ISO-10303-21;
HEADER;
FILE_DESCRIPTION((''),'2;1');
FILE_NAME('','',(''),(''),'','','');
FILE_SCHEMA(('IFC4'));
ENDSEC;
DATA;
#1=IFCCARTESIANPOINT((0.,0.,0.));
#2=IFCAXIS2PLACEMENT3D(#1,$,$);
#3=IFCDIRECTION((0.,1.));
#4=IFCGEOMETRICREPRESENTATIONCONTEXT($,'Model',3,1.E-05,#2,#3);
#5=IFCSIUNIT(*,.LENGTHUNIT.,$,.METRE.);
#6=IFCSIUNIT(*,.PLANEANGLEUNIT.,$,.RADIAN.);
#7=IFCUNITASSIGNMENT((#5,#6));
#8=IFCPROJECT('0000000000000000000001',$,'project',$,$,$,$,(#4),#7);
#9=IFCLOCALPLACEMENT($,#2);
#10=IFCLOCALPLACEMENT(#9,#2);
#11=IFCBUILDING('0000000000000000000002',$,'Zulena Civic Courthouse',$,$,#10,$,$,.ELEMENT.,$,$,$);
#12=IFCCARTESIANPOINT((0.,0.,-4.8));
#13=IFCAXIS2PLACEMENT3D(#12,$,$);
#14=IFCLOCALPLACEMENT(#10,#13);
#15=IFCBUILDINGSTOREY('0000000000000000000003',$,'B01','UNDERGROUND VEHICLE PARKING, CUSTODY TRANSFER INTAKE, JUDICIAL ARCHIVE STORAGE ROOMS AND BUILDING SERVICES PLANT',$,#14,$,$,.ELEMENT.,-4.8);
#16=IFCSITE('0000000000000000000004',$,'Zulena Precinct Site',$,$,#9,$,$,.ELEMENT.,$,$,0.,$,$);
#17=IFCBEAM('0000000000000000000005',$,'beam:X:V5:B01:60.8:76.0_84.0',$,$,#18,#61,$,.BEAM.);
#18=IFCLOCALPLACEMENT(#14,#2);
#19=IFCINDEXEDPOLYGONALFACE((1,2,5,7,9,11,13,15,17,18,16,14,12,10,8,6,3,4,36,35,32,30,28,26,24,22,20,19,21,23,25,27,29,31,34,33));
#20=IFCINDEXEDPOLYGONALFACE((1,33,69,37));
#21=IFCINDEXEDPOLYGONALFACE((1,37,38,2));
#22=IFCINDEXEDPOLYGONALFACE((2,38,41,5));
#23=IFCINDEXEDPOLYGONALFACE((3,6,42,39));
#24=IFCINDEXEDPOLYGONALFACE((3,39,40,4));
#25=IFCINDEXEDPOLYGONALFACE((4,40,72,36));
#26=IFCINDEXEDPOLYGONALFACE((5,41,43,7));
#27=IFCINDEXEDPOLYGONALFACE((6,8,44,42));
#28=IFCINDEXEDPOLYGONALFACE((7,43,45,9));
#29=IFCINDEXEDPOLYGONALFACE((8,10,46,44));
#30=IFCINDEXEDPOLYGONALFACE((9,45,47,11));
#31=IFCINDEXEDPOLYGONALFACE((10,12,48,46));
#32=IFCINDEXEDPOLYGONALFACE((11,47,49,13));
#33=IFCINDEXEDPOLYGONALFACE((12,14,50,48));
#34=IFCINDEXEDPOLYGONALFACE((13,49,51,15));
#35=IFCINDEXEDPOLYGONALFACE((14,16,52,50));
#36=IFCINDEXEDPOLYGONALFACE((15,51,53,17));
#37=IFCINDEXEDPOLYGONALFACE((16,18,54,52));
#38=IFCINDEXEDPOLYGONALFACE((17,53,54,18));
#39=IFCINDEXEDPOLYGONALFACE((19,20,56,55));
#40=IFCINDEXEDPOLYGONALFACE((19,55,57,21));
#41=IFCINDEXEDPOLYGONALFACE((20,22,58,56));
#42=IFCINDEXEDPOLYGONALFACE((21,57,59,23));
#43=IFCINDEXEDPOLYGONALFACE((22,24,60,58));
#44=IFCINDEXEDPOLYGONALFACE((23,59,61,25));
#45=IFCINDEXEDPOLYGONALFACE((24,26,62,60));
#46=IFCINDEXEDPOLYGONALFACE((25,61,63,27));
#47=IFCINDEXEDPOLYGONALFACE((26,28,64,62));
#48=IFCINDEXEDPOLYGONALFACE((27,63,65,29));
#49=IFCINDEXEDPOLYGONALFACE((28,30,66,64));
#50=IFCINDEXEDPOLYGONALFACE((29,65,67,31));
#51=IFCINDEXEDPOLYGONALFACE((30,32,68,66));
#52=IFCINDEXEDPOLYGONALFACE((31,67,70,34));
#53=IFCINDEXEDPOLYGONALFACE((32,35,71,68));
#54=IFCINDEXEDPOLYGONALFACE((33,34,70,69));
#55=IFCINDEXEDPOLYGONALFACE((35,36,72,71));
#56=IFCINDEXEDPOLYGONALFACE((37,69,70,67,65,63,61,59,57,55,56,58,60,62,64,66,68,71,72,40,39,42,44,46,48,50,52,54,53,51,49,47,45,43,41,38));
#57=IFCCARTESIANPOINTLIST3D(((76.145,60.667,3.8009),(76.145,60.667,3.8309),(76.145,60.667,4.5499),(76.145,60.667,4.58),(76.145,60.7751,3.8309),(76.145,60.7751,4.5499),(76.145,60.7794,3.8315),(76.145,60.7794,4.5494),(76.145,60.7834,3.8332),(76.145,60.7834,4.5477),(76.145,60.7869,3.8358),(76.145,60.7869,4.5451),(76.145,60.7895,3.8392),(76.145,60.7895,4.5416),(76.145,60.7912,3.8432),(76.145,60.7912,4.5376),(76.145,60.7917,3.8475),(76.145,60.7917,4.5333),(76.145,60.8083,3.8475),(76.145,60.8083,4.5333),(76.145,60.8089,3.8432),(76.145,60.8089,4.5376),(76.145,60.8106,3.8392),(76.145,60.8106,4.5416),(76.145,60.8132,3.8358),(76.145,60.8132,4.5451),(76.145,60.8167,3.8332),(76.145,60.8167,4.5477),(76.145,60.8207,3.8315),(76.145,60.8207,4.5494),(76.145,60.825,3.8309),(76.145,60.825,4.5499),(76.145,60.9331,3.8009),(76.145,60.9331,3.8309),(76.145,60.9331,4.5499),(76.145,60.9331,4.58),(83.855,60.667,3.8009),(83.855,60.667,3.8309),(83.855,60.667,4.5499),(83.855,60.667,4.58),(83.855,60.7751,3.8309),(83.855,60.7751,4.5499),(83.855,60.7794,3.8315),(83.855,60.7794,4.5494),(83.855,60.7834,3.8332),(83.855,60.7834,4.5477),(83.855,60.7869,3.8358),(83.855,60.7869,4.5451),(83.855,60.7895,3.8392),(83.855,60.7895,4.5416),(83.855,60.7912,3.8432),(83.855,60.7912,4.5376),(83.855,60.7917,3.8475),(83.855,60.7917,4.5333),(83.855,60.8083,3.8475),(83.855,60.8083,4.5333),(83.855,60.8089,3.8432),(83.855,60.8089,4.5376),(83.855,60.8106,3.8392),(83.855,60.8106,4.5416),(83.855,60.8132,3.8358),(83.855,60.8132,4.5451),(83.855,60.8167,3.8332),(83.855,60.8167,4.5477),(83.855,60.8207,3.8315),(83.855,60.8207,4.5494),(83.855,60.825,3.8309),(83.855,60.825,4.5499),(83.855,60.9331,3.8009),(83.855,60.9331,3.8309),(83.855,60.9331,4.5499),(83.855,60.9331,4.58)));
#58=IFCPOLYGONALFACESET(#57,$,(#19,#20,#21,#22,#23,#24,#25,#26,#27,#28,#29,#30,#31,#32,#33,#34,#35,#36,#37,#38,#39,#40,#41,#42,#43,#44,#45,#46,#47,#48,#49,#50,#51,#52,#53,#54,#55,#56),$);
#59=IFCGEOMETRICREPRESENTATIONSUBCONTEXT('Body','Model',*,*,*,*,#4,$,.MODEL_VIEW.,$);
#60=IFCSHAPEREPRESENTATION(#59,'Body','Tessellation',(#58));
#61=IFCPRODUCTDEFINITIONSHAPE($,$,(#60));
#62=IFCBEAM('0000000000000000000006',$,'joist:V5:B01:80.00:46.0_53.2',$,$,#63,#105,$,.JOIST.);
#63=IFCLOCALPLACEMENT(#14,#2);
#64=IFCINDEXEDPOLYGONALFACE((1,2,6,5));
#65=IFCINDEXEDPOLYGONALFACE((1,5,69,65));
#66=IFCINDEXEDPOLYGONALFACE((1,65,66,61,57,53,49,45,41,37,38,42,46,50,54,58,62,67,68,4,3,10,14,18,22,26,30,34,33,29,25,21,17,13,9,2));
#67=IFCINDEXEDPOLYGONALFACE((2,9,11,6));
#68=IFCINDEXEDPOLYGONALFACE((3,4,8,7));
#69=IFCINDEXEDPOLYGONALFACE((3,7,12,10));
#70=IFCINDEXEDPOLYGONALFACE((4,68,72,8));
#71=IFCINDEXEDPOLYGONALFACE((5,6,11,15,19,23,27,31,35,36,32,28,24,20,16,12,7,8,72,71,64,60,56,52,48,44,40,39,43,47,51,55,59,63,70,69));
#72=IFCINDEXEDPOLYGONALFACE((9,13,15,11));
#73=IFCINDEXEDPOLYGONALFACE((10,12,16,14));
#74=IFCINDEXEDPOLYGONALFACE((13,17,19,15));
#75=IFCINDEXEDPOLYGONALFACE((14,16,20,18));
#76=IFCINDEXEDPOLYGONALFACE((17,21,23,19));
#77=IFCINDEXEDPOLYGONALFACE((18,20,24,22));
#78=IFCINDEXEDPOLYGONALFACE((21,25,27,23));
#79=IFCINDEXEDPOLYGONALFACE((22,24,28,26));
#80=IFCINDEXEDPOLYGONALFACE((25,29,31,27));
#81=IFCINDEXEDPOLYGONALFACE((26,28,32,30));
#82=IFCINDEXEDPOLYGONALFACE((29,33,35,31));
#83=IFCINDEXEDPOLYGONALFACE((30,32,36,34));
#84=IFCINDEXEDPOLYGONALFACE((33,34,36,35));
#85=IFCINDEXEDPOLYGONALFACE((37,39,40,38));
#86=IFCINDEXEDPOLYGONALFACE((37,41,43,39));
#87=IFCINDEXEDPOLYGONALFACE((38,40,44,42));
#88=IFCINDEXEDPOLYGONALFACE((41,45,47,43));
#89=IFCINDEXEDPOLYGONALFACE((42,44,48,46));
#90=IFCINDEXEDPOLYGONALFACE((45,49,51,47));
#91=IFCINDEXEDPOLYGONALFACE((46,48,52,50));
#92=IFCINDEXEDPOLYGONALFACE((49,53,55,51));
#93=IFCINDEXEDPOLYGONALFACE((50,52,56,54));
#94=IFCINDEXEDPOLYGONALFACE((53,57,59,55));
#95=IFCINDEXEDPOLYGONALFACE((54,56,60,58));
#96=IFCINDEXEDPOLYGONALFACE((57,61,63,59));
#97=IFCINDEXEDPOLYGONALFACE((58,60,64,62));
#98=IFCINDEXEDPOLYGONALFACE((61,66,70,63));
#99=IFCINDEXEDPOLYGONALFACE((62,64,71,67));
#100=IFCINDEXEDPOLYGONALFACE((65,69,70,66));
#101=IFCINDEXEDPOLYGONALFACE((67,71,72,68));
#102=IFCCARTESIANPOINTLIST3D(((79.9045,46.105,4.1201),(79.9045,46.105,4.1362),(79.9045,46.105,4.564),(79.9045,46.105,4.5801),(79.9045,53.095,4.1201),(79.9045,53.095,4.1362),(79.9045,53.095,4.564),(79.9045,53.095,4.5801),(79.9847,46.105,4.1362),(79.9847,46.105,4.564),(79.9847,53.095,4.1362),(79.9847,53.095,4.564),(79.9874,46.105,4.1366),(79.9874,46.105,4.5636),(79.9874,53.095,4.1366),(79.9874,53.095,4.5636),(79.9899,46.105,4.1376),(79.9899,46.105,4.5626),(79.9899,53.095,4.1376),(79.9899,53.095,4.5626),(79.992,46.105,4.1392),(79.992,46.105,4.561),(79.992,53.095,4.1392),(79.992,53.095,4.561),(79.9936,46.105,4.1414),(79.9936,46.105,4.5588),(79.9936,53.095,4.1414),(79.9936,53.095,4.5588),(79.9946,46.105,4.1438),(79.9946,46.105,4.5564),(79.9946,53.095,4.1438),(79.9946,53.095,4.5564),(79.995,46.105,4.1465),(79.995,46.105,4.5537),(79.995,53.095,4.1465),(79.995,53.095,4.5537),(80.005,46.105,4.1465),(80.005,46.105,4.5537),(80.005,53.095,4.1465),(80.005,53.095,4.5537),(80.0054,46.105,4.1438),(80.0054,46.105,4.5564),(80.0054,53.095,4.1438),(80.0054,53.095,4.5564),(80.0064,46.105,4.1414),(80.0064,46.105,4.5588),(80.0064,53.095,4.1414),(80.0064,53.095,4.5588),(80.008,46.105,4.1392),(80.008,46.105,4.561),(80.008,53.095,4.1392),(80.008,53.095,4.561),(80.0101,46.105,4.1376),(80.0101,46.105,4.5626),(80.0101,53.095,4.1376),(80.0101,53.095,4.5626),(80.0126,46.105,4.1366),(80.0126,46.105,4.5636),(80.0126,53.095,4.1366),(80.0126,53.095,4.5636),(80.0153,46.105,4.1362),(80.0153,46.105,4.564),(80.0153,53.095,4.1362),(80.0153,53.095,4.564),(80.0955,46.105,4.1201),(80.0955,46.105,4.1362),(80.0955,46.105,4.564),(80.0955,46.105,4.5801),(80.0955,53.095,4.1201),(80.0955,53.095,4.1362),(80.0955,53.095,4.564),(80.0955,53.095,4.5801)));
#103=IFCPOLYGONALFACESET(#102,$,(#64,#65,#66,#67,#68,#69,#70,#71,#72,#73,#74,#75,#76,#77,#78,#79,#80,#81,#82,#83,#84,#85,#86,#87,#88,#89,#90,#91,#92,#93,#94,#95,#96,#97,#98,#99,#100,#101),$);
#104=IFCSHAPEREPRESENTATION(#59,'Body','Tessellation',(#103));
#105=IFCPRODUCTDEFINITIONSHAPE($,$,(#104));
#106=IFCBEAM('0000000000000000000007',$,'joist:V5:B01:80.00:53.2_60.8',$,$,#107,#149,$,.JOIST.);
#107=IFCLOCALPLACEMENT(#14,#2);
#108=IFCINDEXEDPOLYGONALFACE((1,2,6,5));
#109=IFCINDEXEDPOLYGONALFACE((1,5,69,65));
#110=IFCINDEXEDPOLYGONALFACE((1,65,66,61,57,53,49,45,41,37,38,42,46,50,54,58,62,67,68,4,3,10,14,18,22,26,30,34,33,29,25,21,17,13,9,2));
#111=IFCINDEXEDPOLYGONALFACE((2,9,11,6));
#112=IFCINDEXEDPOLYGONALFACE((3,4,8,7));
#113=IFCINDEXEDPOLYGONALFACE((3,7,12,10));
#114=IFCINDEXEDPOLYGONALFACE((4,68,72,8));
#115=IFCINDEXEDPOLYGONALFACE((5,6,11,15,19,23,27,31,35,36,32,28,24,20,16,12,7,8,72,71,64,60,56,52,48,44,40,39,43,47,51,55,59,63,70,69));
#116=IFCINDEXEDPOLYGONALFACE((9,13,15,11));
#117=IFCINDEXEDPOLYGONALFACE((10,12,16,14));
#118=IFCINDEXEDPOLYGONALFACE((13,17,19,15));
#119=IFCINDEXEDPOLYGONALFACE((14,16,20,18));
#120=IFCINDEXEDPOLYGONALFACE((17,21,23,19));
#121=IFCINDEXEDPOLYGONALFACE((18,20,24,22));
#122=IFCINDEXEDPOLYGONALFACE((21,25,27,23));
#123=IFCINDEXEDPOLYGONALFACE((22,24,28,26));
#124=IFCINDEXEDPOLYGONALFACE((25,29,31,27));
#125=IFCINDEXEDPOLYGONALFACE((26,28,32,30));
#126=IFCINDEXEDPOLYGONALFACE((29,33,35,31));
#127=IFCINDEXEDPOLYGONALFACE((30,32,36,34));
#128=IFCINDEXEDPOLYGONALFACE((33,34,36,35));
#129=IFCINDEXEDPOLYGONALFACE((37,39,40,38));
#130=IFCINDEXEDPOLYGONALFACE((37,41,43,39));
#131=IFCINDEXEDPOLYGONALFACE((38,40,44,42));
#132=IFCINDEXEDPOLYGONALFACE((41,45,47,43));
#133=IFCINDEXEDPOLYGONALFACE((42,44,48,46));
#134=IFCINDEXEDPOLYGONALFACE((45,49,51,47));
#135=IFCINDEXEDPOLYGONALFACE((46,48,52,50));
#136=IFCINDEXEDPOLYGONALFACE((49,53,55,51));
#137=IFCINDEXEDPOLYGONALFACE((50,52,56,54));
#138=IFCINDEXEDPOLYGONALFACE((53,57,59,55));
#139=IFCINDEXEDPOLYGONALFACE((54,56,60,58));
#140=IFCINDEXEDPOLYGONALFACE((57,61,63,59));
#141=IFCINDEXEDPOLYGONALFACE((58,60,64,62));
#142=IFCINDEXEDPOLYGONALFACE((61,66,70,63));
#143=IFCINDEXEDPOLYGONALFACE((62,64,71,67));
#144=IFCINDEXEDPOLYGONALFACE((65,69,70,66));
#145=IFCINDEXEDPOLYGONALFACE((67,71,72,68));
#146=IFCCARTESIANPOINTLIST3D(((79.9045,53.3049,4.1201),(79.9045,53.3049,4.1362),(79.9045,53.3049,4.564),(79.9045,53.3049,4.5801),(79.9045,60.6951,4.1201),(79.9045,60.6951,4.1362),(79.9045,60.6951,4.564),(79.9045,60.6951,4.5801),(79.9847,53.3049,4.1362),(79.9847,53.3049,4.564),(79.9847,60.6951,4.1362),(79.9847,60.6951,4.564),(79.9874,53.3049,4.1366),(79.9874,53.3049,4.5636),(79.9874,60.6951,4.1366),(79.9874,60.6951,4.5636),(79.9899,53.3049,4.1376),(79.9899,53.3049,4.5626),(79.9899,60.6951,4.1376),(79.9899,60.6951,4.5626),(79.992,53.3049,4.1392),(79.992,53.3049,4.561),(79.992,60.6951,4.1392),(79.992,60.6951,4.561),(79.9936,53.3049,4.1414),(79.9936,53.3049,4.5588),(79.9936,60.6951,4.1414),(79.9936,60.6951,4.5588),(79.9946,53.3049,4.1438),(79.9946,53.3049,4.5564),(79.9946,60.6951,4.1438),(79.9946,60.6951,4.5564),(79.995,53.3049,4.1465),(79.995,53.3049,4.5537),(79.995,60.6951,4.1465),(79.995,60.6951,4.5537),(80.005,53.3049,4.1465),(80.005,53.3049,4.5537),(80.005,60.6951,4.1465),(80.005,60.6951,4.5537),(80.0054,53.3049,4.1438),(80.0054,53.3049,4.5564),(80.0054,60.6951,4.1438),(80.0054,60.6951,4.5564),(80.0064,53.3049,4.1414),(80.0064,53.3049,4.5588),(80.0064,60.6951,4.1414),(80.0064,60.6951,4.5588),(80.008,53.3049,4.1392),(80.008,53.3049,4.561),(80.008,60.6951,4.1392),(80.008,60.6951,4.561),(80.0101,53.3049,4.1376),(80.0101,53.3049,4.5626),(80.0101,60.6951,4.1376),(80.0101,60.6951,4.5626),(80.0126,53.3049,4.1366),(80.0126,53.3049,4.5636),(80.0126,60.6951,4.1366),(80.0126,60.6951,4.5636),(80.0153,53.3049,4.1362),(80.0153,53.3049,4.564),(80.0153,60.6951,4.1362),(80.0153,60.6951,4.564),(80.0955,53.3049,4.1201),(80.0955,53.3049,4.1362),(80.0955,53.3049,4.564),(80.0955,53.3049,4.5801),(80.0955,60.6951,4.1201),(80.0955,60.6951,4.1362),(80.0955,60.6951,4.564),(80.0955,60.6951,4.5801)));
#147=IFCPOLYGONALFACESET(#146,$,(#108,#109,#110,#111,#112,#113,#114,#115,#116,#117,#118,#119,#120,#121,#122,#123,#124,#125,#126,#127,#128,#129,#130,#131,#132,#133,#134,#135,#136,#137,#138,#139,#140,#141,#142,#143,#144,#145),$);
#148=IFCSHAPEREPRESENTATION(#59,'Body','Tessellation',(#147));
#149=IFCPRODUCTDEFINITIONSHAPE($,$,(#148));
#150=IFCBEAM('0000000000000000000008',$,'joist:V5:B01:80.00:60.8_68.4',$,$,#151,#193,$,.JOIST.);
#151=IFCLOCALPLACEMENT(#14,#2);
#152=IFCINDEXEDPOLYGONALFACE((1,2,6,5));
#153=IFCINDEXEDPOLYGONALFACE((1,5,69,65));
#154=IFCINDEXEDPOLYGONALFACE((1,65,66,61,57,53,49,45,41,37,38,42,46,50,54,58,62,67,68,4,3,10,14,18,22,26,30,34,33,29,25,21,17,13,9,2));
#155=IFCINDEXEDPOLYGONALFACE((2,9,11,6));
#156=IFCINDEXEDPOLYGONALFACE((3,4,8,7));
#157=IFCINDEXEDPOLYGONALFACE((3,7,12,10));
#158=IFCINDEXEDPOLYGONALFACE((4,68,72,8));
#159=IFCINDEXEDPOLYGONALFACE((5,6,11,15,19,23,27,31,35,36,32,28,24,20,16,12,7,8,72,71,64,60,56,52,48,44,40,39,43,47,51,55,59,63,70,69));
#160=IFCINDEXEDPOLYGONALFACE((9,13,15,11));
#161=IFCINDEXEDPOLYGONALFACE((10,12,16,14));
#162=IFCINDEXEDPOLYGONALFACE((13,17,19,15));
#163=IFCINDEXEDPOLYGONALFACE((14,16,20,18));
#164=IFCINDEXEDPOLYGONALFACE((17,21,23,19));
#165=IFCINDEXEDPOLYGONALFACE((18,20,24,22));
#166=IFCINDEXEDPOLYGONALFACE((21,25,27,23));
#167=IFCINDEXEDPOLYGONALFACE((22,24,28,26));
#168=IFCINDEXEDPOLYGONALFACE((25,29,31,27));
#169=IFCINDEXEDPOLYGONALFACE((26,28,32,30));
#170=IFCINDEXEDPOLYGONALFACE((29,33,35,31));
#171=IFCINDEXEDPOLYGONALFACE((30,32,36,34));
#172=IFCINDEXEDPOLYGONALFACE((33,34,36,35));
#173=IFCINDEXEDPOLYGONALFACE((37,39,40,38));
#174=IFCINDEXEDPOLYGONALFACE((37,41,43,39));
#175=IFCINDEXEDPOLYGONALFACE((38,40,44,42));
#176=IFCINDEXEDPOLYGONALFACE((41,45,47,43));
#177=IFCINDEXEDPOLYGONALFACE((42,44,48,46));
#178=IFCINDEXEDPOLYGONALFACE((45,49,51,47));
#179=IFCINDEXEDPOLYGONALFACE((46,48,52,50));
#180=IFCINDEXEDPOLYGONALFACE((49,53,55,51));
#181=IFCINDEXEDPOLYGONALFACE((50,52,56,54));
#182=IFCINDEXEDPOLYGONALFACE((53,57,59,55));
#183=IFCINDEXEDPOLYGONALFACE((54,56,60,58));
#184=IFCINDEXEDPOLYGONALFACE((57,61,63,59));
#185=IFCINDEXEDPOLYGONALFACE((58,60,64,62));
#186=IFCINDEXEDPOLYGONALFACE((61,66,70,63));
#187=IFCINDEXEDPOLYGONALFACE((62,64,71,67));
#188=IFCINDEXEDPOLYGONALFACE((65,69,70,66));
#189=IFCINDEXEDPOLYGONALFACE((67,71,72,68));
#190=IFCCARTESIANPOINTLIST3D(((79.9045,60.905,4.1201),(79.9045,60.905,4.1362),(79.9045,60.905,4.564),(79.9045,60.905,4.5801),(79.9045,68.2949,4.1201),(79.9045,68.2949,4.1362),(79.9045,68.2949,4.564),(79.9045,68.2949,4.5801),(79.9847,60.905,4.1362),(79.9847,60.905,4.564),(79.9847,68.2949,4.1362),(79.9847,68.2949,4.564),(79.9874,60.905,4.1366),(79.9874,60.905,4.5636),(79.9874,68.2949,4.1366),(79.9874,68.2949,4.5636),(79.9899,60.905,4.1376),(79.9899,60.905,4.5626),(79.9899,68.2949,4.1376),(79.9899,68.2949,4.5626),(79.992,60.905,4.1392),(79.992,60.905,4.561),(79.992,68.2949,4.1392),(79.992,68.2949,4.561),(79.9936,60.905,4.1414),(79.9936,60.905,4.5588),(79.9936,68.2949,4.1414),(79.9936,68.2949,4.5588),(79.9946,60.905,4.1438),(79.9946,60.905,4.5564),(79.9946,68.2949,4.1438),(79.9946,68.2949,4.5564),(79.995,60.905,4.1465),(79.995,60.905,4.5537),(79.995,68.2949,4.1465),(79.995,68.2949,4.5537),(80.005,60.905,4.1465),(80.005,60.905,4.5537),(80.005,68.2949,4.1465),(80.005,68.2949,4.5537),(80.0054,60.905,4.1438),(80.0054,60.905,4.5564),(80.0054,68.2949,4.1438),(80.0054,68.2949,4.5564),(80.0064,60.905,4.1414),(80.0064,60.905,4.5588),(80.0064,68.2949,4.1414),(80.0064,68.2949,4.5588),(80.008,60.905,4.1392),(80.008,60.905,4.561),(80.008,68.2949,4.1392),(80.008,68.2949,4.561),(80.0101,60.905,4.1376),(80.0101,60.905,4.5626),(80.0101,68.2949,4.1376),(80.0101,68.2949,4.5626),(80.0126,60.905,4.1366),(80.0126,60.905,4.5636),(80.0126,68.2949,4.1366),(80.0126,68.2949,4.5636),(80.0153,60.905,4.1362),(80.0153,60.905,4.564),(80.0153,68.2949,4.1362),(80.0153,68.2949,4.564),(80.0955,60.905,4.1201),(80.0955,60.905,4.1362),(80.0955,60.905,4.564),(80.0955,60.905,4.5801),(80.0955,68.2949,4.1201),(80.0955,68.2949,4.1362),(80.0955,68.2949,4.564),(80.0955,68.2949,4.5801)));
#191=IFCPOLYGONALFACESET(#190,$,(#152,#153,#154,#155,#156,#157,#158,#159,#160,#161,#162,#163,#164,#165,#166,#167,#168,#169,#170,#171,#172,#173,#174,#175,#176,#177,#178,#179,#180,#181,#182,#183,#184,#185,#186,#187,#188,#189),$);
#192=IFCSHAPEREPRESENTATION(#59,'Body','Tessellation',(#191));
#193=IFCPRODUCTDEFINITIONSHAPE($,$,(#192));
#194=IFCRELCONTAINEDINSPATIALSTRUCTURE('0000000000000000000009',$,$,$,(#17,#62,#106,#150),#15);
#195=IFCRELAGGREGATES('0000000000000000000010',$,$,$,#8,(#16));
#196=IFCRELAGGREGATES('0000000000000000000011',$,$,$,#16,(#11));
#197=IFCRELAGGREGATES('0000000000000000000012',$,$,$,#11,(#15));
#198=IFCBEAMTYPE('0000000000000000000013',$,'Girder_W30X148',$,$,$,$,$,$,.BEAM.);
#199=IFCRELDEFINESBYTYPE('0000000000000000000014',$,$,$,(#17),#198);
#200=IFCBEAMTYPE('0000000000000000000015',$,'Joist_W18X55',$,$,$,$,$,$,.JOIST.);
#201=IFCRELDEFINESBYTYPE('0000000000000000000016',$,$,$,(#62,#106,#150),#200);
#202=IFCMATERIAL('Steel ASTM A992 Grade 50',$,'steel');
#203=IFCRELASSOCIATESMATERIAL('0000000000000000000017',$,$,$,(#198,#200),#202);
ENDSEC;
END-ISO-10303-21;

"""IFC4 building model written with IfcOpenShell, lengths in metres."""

from ifc_helpers import new_model, si_unit, direction, frame, origin, origin_2d, place, context, subcontext, project, spatial, i_section, extrude, material, material_profile, profile_set, type_object, element, save


model = new_model("IFC4")

# Units and contexts
model_context = context("Model", 3, precision=1e-05, world=origin(), true_north=direction((0.0, 1.0)))
body_context = subcontext(model_context, "Body", "Model", "MODEL_VIEW")
ifc_project = project(units=[si_unit("LENGTHUNIT", "METRE"), si_unit("PLANEANGLEUNIT", "RADIAN")], contexts=[model_context])

# Site, building, storey
site_placement = place(None, origin())
site = spatial("IfcSite", under=ifc_project, at=site_placement, Name="Zulena Precinct Site", CompositionType="ELEMENT", RefElevation=0.0)
building_placement = place(site_placement, origin())
building = spatial("IfcBuilding", under=site, at=building_placement, Name="Zulena Civic Courthouse", CompositionType="ELEMENT")
storey_placement = place(building_placement, frame((0.0, 0.0, -4.8)))
storey = spatial("IfcBuildingStorey", under=building, at=storey_placement, Name="B01", Description="UNDERGROUND VEHICLE PARKING, CUSTODY TRANSFER INTAKE, JUDICIAL ARCHIVE STORAGE ROOMS AND BUILDING SERVICES PLANT", CompositionType="ELEMENT", Elevation=-4.8)

# Shared definitions
ifc_material_1 = material(Name="Steel ASTM A992 Grade 50", Category="steel")

# Beams
ifc_material_profile_1 = material_profile(ifc_material_1, i_section(OverallWidth=0.2661, OverallDepth=0.7791, WebThickness=0.0166, FlangeThickness=0.03, FilletRadius=0.0166, at=origin_2d()), Name="W30X148")
ifc_profile_set_1 = profile_set([ifc_material_profile_1], Name="Steel ASTM A992 Grade 50")
beam_type_1 = type_object("IfcBeamType", Name="Girder_W30X148", PredefinedType="BEAM", material=ifc_profile_set_1)
for number, where, z_axis, x_axis, name in (
    (1, (76.145, 60.8, 4.1904), (1.0, 0.0, 0.0), (0.0, 1.0, 0.0), "beam:X:V5:B01:60.8:76.0_84.0"),
):
    element("IfcBeam", number, at=place(storey_placement, frame(where, z_axis=z_axis, x_axis=x_axis)), inside=storey, type_object=beam_type_1, Name=name, PredefinedType="BEAM", context=body_context, shape_type="SweptSolid", body=[
        extrude(i_section(OverallWidth=0.2661, OverallDepth=0.7791, WebThickness=0.0166, FlangeThickness=0.03, FilletRadius=0.0166, at=origin_2d()), origin(), (0.0, 0.0, 1.0), 7.71),
    ])
ifc_material_profile_2 = material_profile(ifc_material_1, i_section(OverallWidth=0.1909, OverallDepth=0.46, WebThickness=0.01, FlangeThickness=0.0161, FilletRadius=0.0103, at=origin_2d()), Name="W18X55")
ifc_profile_set_2 = profile_set([ifc_material_profile_2], Name="Steel ASTM A992 Grade 50")
beam_type_2 = type_object("IfcBeamType", Name="Joist_W18X55", PredefinedType="JOIST", material=ifc_profile_set_2)
beam_1_placement = place(storey_placement, frame((80.0, 46.105, 4.3501), z_axis=(0.0, 1.0, 0.0), x_axis=(-1.0, 0.0, 0.0)))
element("IfcBeam", 2, at=beam_1_placement, inside=storey, type_object=beam_type_2, Name="joist:V5:B01:80.00:46.0_53.2", PredefinedType="JOIST", context=body_context, shape_type="SweptSolid", body=[
    extrude(i_section(OverallWidth=0.1909, OverallDepth=0.46, WebThickness=0.01, FlangeThickness=0.0161, FilletRadius=0.0103, at=origin_2d()), origin(), (0.0, 0.0, 1.0), 6.99),
])
beam_2_placement = place(storey_placement, frame((80.0, 53.3049, 4.3501), z_axis=(0.0, 1.0, 0.0), x_axis=(-1.0, 0.0, 0.0)))
element("IfcBeam", 3, at=beam_2_placement, inside=storey, type_object=beam_type_2, Name="joist:V5:B01:80.00:53.2_60.8", PredefinedType="JOIST", context=body_context, shape_type="SweptSolid", body=[
    extrude(i_section(OverallWidth=0.1909, OverallDepth=0.46, WebThickness=0.01, FlangeThickness=0.0161, FilletRadius=0.0103, at=origin_2d()), origin(), (0.0, 0.0, 1.0), 7.3901),
])
beam_3_placement = place(storey_placement, frame((80.0, 60.905, 4.3501), z_axis=(0.0, 1.0, 0.0), x_axis=(-1.0, 0.0, 0.0)))
element("IfcBeam", 4, at=beam_3_placement, inside=storey, type_object=beam_type_2, Name="joist:V5:B01:80.00:60.8_68.4", PredefinedType="JOIST", context=body_context, shape_type="SweptSolid", body=[
    extrude(i_section(OverallWidth=0.1909, OverallDepth=0.46, WebThickness=0.01, FlangeThickness=0.0161, FilletRadius=0.0103, at=origin_2d()), origin(), (0.0, 0.0, 1.0), 7.3899),
])

save(model, "model.ifc")
